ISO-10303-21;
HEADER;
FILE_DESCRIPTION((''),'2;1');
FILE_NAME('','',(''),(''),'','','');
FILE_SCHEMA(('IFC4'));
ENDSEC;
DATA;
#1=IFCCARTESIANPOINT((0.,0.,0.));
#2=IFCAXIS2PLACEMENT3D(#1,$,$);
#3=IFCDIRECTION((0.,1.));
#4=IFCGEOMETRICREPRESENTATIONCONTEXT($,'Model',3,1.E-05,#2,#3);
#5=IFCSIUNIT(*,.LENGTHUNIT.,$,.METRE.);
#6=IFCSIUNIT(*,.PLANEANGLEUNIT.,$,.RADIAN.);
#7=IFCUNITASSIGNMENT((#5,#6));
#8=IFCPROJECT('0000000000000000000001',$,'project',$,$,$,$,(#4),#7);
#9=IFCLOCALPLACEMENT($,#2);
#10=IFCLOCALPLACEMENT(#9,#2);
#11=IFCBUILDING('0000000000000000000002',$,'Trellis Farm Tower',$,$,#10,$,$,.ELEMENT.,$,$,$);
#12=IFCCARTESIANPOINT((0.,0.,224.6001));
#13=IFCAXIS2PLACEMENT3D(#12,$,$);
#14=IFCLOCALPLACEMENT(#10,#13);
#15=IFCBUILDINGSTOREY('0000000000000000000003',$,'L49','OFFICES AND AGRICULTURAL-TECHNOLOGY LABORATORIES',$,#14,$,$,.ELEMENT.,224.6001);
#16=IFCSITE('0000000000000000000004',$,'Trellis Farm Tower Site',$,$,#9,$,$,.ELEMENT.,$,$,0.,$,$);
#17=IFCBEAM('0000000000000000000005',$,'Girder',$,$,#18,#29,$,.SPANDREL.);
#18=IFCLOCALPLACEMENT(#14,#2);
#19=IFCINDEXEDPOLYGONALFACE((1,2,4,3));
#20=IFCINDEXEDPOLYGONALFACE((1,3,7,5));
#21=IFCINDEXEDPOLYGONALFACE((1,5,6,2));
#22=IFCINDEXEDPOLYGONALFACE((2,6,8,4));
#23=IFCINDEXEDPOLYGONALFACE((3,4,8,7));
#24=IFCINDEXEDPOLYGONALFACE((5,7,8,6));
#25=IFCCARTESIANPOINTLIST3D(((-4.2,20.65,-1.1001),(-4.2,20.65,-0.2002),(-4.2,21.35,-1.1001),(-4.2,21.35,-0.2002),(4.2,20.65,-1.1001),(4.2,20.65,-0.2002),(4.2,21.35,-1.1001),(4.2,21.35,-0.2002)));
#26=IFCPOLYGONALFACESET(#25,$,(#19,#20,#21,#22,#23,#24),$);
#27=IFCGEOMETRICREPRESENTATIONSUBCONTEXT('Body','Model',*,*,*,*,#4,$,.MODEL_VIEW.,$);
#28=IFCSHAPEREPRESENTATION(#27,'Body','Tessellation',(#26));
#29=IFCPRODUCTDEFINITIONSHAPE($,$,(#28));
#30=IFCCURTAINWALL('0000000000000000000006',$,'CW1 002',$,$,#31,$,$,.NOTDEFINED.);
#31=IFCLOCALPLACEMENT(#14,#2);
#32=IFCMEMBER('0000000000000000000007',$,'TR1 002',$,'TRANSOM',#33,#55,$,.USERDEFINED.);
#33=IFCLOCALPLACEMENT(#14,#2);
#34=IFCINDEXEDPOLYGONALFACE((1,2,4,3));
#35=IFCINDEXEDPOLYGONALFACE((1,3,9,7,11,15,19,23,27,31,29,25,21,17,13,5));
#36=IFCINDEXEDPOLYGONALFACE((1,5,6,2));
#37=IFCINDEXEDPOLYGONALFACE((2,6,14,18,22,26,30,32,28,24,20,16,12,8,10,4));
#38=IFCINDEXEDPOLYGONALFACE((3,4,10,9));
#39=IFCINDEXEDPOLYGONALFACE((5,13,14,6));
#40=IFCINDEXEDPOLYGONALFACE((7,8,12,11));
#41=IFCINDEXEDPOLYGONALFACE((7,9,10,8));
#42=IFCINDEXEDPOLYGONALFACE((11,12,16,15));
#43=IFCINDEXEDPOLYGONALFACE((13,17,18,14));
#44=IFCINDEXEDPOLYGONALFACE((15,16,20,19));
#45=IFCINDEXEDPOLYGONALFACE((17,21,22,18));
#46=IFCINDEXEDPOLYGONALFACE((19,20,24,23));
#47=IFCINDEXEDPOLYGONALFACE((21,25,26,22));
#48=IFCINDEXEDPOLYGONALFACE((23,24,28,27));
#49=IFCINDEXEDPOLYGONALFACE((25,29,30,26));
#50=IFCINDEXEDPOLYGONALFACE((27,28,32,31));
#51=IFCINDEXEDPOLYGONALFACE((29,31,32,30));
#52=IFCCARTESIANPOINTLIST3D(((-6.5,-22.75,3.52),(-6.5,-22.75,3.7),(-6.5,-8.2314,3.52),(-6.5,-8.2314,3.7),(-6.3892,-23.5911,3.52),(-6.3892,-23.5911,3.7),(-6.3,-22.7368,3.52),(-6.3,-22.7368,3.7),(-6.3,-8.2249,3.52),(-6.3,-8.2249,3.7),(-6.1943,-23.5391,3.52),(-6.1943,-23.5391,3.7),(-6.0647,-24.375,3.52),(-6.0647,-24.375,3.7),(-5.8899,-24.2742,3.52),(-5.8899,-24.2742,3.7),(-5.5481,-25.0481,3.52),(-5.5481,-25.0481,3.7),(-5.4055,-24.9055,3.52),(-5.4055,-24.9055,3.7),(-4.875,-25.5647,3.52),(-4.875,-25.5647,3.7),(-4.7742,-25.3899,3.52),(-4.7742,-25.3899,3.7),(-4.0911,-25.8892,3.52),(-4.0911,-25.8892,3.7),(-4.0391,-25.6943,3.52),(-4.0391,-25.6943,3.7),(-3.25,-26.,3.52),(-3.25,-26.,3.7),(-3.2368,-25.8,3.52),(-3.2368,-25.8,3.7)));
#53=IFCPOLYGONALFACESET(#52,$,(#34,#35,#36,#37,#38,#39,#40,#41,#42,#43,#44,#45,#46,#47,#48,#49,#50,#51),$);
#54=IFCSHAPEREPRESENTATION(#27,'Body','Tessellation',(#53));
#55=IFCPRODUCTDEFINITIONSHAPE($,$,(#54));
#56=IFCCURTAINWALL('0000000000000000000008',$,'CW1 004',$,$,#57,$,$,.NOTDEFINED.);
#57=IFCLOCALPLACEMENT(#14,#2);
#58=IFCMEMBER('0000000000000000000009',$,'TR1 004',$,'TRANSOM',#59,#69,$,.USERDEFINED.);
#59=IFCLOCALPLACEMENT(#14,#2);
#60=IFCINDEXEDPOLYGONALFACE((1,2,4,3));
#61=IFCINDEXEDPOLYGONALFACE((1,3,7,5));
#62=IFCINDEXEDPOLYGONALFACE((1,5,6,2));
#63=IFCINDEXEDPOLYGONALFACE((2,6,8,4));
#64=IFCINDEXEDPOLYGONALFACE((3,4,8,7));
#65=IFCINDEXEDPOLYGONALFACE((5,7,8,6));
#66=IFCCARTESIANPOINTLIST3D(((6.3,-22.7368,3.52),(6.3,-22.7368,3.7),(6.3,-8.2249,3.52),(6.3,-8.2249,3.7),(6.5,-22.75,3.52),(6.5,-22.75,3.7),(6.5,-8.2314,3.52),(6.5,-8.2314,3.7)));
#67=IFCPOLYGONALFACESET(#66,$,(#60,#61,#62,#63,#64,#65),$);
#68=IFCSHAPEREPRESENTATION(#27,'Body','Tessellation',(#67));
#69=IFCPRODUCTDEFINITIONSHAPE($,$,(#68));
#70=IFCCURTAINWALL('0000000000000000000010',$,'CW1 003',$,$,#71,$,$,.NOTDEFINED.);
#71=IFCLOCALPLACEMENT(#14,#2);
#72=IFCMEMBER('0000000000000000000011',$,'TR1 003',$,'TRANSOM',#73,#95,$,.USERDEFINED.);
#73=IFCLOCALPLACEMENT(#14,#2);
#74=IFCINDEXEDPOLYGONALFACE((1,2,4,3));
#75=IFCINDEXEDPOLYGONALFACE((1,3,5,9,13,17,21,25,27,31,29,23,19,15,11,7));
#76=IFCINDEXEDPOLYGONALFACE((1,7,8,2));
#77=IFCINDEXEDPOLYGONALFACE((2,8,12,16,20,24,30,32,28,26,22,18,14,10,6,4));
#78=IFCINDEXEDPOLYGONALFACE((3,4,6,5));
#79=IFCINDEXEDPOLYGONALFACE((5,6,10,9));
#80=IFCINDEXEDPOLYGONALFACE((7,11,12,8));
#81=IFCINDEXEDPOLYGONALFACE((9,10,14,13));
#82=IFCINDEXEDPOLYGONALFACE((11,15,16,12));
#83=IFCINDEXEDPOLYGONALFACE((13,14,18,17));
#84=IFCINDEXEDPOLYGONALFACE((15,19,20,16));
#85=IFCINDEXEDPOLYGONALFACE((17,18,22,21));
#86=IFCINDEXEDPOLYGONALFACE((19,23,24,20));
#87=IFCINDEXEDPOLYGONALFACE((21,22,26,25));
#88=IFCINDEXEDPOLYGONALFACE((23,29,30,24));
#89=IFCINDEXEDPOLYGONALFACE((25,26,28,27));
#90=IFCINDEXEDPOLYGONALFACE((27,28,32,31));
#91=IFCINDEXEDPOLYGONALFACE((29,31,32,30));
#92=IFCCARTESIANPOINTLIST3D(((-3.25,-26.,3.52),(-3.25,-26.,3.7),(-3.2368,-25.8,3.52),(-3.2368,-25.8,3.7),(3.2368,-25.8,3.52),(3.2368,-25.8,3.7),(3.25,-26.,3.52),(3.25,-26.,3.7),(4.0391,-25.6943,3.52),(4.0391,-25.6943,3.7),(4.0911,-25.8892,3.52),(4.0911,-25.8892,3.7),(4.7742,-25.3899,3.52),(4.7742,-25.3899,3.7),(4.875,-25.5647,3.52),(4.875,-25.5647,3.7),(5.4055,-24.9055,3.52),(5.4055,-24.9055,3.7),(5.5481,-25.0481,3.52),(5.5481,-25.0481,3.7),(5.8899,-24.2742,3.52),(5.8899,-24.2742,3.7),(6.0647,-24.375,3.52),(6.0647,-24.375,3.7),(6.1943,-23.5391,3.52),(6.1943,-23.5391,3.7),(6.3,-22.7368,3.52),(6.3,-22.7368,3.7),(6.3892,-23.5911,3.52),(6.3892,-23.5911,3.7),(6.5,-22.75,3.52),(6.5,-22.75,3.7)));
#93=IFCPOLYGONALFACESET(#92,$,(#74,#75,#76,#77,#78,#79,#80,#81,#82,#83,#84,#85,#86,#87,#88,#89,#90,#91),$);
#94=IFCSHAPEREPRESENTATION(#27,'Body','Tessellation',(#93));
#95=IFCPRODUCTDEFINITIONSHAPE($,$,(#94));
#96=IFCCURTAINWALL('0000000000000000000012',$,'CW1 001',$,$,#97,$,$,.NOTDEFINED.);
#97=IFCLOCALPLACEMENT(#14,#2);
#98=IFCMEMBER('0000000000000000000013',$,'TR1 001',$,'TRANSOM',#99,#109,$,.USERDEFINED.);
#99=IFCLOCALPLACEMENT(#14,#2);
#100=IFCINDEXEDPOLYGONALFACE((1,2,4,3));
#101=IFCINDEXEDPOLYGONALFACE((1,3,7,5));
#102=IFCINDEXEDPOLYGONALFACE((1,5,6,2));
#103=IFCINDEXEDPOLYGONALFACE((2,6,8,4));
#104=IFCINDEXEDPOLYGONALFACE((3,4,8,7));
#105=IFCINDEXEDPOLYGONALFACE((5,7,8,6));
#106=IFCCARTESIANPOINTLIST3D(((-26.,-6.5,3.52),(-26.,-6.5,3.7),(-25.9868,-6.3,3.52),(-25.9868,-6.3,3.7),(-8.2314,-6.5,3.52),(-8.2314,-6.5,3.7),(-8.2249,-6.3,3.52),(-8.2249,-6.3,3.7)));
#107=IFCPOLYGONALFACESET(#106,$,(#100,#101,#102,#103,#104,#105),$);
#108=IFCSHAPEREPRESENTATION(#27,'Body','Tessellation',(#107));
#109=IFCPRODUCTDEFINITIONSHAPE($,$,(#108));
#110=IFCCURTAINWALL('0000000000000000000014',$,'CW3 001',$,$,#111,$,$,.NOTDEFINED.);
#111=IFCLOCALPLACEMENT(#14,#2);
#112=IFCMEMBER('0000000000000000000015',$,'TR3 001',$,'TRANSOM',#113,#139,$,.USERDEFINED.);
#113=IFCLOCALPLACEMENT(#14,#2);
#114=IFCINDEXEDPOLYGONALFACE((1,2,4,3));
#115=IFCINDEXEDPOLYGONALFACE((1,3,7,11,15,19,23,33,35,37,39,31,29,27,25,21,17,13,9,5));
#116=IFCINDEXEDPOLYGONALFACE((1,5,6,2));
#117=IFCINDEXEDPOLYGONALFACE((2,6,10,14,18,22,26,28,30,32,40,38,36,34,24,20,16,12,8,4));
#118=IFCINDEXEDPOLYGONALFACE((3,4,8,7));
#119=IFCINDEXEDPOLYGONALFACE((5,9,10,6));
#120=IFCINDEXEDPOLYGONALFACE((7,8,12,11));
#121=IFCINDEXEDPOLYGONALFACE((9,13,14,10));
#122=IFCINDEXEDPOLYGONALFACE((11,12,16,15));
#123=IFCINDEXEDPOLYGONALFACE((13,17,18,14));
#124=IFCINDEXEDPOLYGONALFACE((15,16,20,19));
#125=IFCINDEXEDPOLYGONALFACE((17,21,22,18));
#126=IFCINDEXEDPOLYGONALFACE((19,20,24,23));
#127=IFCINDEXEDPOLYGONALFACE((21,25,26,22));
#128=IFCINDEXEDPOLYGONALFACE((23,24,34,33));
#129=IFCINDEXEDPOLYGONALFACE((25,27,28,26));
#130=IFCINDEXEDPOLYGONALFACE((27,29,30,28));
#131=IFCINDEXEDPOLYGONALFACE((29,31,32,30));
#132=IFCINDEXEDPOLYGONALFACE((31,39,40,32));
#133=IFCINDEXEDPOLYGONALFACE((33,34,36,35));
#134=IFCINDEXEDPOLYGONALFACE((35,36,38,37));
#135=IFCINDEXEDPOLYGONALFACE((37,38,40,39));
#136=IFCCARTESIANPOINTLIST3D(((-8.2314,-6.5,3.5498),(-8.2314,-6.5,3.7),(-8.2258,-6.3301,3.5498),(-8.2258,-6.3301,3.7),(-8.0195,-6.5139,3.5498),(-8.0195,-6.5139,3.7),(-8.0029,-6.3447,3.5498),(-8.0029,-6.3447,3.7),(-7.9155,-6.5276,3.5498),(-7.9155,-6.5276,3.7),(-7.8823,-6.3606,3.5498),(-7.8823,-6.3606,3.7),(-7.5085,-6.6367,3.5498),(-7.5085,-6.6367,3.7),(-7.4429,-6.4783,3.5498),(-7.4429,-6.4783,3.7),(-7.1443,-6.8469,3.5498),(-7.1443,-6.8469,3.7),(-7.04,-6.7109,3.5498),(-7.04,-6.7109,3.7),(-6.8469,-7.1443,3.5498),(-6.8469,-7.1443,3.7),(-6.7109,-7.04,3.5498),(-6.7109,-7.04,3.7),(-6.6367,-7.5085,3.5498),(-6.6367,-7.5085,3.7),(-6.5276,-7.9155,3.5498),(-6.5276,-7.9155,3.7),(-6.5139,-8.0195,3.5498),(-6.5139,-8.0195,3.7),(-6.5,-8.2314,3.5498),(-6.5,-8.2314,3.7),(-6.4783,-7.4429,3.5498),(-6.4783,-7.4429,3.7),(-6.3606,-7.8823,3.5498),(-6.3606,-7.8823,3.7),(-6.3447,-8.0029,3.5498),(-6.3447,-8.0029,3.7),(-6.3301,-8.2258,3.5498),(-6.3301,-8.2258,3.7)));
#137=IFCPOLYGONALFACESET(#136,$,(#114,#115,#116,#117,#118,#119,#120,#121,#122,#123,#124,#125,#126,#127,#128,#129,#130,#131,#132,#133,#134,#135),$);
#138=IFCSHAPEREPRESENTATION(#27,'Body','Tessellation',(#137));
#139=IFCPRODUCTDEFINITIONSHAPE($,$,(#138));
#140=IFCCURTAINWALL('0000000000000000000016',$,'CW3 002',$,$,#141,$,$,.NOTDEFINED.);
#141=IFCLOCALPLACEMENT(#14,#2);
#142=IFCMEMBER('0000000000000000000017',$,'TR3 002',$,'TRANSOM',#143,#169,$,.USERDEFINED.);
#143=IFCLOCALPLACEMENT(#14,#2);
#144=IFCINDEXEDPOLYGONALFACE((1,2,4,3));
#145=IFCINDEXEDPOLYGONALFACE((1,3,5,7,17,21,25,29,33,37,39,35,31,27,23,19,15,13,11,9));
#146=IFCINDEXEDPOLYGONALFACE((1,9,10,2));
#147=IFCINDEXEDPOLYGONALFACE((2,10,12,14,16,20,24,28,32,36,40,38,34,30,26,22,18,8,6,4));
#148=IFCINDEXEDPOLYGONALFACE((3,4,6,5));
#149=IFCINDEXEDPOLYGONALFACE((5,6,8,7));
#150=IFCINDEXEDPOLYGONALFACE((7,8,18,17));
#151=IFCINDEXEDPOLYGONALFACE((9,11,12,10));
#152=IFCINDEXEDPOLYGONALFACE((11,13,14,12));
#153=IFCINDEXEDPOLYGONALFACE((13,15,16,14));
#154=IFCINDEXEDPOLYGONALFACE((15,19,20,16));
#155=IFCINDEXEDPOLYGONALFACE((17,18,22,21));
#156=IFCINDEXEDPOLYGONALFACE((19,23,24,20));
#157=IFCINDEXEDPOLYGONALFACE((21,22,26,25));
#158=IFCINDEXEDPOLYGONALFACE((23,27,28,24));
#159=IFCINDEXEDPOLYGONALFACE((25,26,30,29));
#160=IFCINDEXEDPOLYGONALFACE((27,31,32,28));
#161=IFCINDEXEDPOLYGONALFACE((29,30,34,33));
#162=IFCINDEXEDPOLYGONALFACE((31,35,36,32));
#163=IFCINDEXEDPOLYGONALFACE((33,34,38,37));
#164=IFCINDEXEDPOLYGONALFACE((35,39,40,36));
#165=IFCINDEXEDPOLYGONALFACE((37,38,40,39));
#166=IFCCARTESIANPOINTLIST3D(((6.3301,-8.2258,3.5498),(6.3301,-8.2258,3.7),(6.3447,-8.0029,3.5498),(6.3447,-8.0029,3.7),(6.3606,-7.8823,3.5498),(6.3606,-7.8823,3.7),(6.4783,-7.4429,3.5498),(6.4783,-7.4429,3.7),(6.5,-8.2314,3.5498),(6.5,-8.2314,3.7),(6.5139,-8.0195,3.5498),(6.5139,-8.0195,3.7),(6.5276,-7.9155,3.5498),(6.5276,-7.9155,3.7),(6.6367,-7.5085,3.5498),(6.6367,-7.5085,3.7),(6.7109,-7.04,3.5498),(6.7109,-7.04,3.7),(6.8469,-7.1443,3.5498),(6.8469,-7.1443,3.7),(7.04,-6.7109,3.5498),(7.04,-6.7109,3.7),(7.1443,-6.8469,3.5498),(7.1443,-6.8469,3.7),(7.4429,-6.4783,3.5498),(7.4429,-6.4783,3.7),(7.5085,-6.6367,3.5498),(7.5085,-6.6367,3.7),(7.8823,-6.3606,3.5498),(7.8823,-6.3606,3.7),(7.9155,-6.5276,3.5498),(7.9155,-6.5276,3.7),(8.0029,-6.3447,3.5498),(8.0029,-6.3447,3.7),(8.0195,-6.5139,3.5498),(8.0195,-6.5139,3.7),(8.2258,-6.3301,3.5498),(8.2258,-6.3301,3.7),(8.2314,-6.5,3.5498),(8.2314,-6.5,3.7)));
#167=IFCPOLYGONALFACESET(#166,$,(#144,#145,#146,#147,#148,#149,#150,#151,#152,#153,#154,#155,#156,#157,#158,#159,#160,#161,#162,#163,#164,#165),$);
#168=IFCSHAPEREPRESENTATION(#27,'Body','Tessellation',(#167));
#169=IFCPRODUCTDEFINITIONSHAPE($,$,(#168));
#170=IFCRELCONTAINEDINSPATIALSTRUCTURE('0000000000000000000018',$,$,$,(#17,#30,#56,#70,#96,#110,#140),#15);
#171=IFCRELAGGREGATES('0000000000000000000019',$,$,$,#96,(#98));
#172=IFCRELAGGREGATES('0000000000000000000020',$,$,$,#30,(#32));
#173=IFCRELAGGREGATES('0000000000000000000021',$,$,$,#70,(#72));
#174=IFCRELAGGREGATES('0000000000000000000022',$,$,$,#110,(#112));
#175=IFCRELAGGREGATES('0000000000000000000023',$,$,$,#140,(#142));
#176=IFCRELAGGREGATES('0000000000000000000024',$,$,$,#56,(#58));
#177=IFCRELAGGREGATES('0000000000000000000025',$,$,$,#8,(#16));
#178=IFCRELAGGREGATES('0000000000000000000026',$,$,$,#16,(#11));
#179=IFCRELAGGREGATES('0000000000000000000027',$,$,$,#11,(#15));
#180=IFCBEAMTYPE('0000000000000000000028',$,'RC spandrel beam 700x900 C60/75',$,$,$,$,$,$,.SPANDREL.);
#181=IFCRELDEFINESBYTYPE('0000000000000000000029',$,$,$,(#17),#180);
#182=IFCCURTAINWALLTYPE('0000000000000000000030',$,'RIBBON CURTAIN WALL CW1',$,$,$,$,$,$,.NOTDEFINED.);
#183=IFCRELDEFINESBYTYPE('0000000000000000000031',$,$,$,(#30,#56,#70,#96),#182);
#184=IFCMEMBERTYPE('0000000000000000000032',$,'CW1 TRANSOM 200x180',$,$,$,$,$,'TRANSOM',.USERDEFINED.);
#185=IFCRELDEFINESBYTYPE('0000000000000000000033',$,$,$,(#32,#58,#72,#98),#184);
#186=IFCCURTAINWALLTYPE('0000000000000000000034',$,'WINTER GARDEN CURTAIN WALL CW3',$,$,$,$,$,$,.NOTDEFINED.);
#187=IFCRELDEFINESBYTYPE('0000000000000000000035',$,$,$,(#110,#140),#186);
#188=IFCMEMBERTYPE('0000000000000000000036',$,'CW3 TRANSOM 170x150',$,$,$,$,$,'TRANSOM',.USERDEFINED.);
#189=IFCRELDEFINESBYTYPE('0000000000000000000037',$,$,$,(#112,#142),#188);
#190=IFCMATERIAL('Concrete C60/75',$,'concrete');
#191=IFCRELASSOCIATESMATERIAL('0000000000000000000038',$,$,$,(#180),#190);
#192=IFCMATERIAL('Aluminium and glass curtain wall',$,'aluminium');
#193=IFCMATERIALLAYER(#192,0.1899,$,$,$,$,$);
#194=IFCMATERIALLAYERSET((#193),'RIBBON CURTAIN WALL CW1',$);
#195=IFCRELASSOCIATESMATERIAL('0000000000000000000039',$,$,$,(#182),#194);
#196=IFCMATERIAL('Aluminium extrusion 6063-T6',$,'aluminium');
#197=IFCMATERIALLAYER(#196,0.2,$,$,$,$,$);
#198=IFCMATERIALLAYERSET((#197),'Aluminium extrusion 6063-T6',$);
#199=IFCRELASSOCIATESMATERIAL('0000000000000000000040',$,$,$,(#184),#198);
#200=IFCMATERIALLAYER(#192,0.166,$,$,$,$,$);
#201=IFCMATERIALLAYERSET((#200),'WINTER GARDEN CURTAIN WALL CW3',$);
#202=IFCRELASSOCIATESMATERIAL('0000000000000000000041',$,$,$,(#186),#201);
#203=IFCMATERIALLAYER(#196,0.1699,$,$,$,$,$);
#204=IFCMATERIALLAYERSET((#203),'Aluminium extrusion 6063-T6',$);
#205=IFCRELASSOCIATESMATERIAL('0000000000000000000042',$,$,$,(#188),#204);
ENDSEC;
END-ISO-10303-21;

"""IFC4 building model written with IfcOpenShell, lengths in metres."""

from ifc_helpers import new_model, si_unit, direction, frame, origin, origin_2d, place, context, subcontext, project, spatial, polyline, rectangle, outline, extrude, source, transform, mapped, material, layer, layer_set, material_profile, profile_set, type_object, element, aggregate, save


model = new_model("IFC4")

# Units and contexts
model_context = context("Model", 3, precision=1e-05, world=origin(), true_north=direction((0.0, 1.0)))
body_context = subcontext(model_context, "Body", "Model", "MODEL_VIEW")
ifc_project = project(units=[si_unit("LENGTHUNIT", "METRE"), si_unit("PLANEANGLEUNIT", "RADIAN")], contexts=[model_context])

# Site, building, storey
site_placement = place(None, origin())
site = spatial("IfcSite", under=ifc_project, at=site_placement, Name="Trellis Farm Tower Site", CompositionType="ELEMENT", RefElevation=0.0)
building_placement = place(site_placement, origin())
building = spatial("IfcBuilding", under=site, at=building_placement, Name="Trellis Farm Tower", CompositionType="ELEMENT")
storey_placement = place(building_placement, frame((0.0, 0.0, 224.6001)))
storey = spatial("IfcBuildingStorey", under=building, at=storey_placement, Name="L49", Description="OFFICES AND AGRICULTURAL-TECHNOLOGY LABORATORIES", CompositionType="ELEMENT", Elevation=224.6001)

# Beam
ifc_material_1 = material(Name="Concrete C60/75", Category="concrete")
ifc_material_profile = material_profile(ifc_material_1, rectangle(XDim=0.7, YDim=0.8999, at=origin_2d()), Name="RC spandrel beam 700x900 C60/75")
ifc_profile_set = profile_set([ifc_material_profile], Name="Concrete C60/75")
beam_type = type_object("IfcBeamType", Name="RC spandrel beam 700x900 C60/75", PredefinedType="SPANDREL", material=ifc_profile_set)
shared_shape_1 = source(origin(), body_context, "Body", "SweptSolid", [
    extrude(rectangle(XDim=0.7, YDim=0.8999, at=origin_2d()), origin(), (0.0, 0.0, 1.0), 8.3999),
])
beam_placement = place(storey_placement, frame((-4.2, 21.0, -0.6501), z_axis=(1.0, 0.0, 0.0), x_axis=(0.0, 1.0, 0.0)))
element("IfcBeam", 1, at=beam_placement, inside=storey, type_object=beam_type, Name="Girder", PredefinedType="SPANDREL", context=body_context, shape_type="MappedRepresentation", body=[
    mapped(shared_shape_1, transform((0.0, 0.0, 0.0))),
])

# Curtain walls, members
ifc_material_2 = material(Name="Aluminium and glass curtain wall", Category="aluminium")
ifc_layer_1 = layer(ifc_material_2, 0.1899)
ifc_layer_set_1 = layer_set([ifc_layer_1], Name="RIBBON CURTAIN WALL CW1")
curtain_wall_type_1 = type_object("IfcCurtainWallType", Name="RIBBON CURTAIN WALL CW1", PredefinedType="NOTDEFINED", material=ifc_layer_set_1)
placement_1 = place(storey_placement, origin())
curtain_wall_1 = element("IfcCurtainWall", 2, at=placement_1, inside=storey, type_object=curtain_wall_type_1, Name="CW1 002", PredefinedType="NOTDEFINED")
ifc_material_3 = material(Name="Aluminium extrusion 6063-T6", Category="aluminium")
ifc_layer_2 = layer(ifc_material_3, 0.2)
ifc_layer_set_2 = layer_set([ifc_layer_2], Name="Aluminium extrusion 6063-T6")
member_type_1 = type_object("IfcMemberType", Name="CW1 TRANSOM 200x180", ElementType="TRANSOM", PredefinedType="USERDEFINED", material=ifc_layer_set_2)
shared_shape_2 = source(origin(), body_context, "Body", "SweptSolid", [
    extrude(outline(polyline([(-6.5, -8.2314), (-6.5, -22.75), (-6.3892, -23.5911), (-6.0647, -24.375), (-5.5481, -25.0481), (-4.875, -25.5647), (-4.0911, -25.8892), (-3.25, -26.0), (-3.2368, -25.8), (-4.0391, -25.6943), (-4.7742, -25.3899), (-5.4055, -24.9055), (-5.8899, -24.2742), (-6.1943, -23.5391), (-6.3, -22.7368), (-6.3, -8.2249), (-6.5, -8.2314)])), origin(), (0.0, 0.0, 1.0), 0.1799),
])
placement_2 = place(storey_placement, frame((0.0, 0.0, 3.52)))
member_1 = element("IfcMember", 3, at=placement_2, type_object=member_type_1, Name="TR1 002", ObjectType="TRANSOM", PredefinedType="USERDEFINED", context=body_context, shape_type="MappedRepresentation", body=[
    mapped(shared_shape_2, transform((0.0, 0.0, 0.0))),
])
curtain_wall_2 = element("IfcCurtainWall", 4, at=placement_1, inside=storey, type_object=curtain_wall_type_1, Name="CW1 004", PredefinedType="NOTDEFINED")
shared_shape_3 = source(origin(), body_context, "Body", "SweptSolid", [
    extrude(outline(polyline([(6.5, -22.75), (6.5, -8.2314), (6.3, -8.2249), (6.3, -22.7368), (6.5, -22.75)])), origin(), (0.0, 0.0, 1.0), 0.1799),
])
member_2 = element("IfcMember", 5, at=placement_2, type_object=member_type_1, Name="TR1 004", ObjectType="TRANSOM", PredefinedType="USERDEFINED", context=body_context, shape_type="MappedRepresentation", body=[
    mapped(shared_shape_3, transform((0.0, 0.0, 0.0))),
])
curtain_wall_3 = element("IfcCurtainWall", 6, at=placement_1, inside=storey, type_object=curtain_wall_type_1, Name="CW1 003", PredefinedType="NOTDEFINED")
shared_shape_4 = source(origin(), body_context, "Body", "SweptSolid", [
    extrude(outline(polyline([(-3.25, -26.0), (3.25, -26.0), (4.0911, -25.8892), (4.875, -25.5647), (5.5481, -25.0481), (6.0647, -24.375), (6.3892, -23.5911), (6.5, -22.75), (6.3, -22.7368), (6.1943, -23.5391), (5.8899, -24.2742), (5.4055, -24.9055), (4.7742, -25.3899), (4.0391, -25.6943), (3.2368, -25.8), (-3.2368, -25.8), (-3.25, -26.0)])), origin(), (0.0, 0.0, 1.0), 0.1799),
])
member_3 = element("IfcMember", 7, at=placement_2, type_object=member_type_1, Name="TR1 003", ObjectType="TRANSOM", PredefinedType="USERDEFINED", context=body_context, shape_type="MappedRepresentation", body=[
    mapped(shared_shape_4, transform((0.0, 0.0, 0.0))),
])
curtain_wall_4 = element("IfcCurtainWall", 8, at=placement_1, inside=storey, type_object=curtain_wall_type_1, Name="CW1 001", PredefinedType="NOTDEFINED")
shared_shape_5 = source(origin(), body_context, "Body", "SweptSolid", [
    extrude(outline(polyline([(-26.0, -6.5), (-8.2314, -6.5), (-8.2249, -6.3), (-25.9868, -6.3), (-26.0, -6.5)])), origin(), (0.0, 0.0, 1.0), 0.1799),
])
member_4 = element("IfcMember", 9, at=placement_2, type_object=member_type_1, Name="TR1 001", ObjectType="TRANSOM", PredefinedType="USERDEFINED", context=body_context, shape_type="MappedRepresentation", body=[
    mapped(shared_shape_5, transform((0.0, 0.0, 0.0))),
])
ifc_layer_3 = layer(ifc_material_2, 0.166)
ifc_layer_set_3 = layer_set([ifc_layer_3], Name="WINTER GARDEN CURTAIN WALL CW3")
curtain_wall_type_2 = type_object("IfcCurtainWallType", Name="WINTER GARDEN CURTAIN WALL CW3", PredefinedType="NOTDEFINED", material=ifc_layer_set_3)
curtain_wall_5 = element("IfcCurtainWall", 10, at=placement_1, inside=storey, type_object=curtain_wall_type_2, Name="CW3 001", PredefinedType="NOTDEFINED")
ifc_layer_4 = layer(ifc_material_3, 0.1699)
ifc_layer_set_4 = layer_set([ifc_layer_4], Name="Aluminium extrusion 6063-T6")
member_type_2 = type_object("IfcMemberType", Name="CW3 TRANSOM 170x150", ElementType="TRANSOM", PredefinedType="USERDEFINED", material=ifc_layer_set_4)
shared_shape_6 = source(origin(), body_context, "Body", "SweptSolid", [
    extrude(outline(polyline([(-8.2314, -6.5), (-8.0195, -6.5139), (-7.9155, -6.5276), (-7.5085, -6.6367), (-7.1443, -6.8469), (-6.8469, -7.1443), (-6.6367, -7.5085), (-6.5276, -7.9155), (-6.5139, -8.0195), (-6.5, -8.2314), (-6.3301, -8.2258), (-6.3447, -8.0029), (-6.3606, -7.8823), (-6.4783, -7.4429), (-6.7109, -7.04), (-7.04, -6.7109), (-7.4429, -6.4783), (-7.8823, -6.3606), (-8.0029, -6.3447), (-8.2258, -6.3301), (-8.2314, -6.5)])), origin(), (0.0, 0.0, 1.0), 0.1501),
])
placement_3 = place(storey_placement, frame((0.0, 0.0, 3.5498)))
member_5 = element("IfcMember", 11, at=placement_3, type_object=member_type_2, Name="TR3 001", ObjectType="TRANSOM", PredefinedType="USERDEFINED", context=body_context, shape_type="MappedRepresentation", body=[
    mapped(shared_shape_6, transform((0.0, 0.0, 0.0))),
])
curtain_wall_6 = element("IfcCurtainWall", 12, at=placement_1, inside=storey, type_object=curtain_wall_type_2, Name="CW3 002", PredefinedType="NOTDEFINED")
shared_shape_7 = source(origin(), body_context, "Body", "SweptSolid", [
    extrude(outline(polyline([(6.5, -8.2314), (6.5139, -8.0195), (6.5276, -7.9155), (6.6367, -7.5085), (6.8469, -7.1443), (7.1443, -6.8469), (7.5085, -6.6367), (7.9155, -6.5276), (8.0195, -6.5139), (8.2314, -6.5), (8.2258, -6.3301), (8.0029, -6.3447), (7.8823, -6.3606), (7.4429, -6.4783), (7.04, -6.7109), (6.7109, -7.04), (6.4783, -7.4429), (6.3606, -7.8823), (6.3447, -8.0029), (6.3301, -8.2258), (6.5, -8.2314)])), origin(), (0.0, 0.0, 1.0), 0.1501),
])
member_6 = element("IfcMember", 13, at=placement_3, type_object=member_type_2, Name="TR3 002", ObjectType="TRANSOM", PredefinedType="USERDEFINED", context=body_context, shape_type="MappedRepresentation", body=[
    mapped(shared_shape_7, transform((0.0, 0.0, 0.0))),
])

aggregate(curtain_wall_4, [member_4])
aggregate(curtain_wall_1, [member_1])
aggregate(curtain_wall_3, [member_3])
aggregate(curtain_wall_5, [member_5])
aggregate(curtain_wall_6, [member_6])
aggregate(curtain_wall_2, [member_2])

save(model, "model.ifc")
